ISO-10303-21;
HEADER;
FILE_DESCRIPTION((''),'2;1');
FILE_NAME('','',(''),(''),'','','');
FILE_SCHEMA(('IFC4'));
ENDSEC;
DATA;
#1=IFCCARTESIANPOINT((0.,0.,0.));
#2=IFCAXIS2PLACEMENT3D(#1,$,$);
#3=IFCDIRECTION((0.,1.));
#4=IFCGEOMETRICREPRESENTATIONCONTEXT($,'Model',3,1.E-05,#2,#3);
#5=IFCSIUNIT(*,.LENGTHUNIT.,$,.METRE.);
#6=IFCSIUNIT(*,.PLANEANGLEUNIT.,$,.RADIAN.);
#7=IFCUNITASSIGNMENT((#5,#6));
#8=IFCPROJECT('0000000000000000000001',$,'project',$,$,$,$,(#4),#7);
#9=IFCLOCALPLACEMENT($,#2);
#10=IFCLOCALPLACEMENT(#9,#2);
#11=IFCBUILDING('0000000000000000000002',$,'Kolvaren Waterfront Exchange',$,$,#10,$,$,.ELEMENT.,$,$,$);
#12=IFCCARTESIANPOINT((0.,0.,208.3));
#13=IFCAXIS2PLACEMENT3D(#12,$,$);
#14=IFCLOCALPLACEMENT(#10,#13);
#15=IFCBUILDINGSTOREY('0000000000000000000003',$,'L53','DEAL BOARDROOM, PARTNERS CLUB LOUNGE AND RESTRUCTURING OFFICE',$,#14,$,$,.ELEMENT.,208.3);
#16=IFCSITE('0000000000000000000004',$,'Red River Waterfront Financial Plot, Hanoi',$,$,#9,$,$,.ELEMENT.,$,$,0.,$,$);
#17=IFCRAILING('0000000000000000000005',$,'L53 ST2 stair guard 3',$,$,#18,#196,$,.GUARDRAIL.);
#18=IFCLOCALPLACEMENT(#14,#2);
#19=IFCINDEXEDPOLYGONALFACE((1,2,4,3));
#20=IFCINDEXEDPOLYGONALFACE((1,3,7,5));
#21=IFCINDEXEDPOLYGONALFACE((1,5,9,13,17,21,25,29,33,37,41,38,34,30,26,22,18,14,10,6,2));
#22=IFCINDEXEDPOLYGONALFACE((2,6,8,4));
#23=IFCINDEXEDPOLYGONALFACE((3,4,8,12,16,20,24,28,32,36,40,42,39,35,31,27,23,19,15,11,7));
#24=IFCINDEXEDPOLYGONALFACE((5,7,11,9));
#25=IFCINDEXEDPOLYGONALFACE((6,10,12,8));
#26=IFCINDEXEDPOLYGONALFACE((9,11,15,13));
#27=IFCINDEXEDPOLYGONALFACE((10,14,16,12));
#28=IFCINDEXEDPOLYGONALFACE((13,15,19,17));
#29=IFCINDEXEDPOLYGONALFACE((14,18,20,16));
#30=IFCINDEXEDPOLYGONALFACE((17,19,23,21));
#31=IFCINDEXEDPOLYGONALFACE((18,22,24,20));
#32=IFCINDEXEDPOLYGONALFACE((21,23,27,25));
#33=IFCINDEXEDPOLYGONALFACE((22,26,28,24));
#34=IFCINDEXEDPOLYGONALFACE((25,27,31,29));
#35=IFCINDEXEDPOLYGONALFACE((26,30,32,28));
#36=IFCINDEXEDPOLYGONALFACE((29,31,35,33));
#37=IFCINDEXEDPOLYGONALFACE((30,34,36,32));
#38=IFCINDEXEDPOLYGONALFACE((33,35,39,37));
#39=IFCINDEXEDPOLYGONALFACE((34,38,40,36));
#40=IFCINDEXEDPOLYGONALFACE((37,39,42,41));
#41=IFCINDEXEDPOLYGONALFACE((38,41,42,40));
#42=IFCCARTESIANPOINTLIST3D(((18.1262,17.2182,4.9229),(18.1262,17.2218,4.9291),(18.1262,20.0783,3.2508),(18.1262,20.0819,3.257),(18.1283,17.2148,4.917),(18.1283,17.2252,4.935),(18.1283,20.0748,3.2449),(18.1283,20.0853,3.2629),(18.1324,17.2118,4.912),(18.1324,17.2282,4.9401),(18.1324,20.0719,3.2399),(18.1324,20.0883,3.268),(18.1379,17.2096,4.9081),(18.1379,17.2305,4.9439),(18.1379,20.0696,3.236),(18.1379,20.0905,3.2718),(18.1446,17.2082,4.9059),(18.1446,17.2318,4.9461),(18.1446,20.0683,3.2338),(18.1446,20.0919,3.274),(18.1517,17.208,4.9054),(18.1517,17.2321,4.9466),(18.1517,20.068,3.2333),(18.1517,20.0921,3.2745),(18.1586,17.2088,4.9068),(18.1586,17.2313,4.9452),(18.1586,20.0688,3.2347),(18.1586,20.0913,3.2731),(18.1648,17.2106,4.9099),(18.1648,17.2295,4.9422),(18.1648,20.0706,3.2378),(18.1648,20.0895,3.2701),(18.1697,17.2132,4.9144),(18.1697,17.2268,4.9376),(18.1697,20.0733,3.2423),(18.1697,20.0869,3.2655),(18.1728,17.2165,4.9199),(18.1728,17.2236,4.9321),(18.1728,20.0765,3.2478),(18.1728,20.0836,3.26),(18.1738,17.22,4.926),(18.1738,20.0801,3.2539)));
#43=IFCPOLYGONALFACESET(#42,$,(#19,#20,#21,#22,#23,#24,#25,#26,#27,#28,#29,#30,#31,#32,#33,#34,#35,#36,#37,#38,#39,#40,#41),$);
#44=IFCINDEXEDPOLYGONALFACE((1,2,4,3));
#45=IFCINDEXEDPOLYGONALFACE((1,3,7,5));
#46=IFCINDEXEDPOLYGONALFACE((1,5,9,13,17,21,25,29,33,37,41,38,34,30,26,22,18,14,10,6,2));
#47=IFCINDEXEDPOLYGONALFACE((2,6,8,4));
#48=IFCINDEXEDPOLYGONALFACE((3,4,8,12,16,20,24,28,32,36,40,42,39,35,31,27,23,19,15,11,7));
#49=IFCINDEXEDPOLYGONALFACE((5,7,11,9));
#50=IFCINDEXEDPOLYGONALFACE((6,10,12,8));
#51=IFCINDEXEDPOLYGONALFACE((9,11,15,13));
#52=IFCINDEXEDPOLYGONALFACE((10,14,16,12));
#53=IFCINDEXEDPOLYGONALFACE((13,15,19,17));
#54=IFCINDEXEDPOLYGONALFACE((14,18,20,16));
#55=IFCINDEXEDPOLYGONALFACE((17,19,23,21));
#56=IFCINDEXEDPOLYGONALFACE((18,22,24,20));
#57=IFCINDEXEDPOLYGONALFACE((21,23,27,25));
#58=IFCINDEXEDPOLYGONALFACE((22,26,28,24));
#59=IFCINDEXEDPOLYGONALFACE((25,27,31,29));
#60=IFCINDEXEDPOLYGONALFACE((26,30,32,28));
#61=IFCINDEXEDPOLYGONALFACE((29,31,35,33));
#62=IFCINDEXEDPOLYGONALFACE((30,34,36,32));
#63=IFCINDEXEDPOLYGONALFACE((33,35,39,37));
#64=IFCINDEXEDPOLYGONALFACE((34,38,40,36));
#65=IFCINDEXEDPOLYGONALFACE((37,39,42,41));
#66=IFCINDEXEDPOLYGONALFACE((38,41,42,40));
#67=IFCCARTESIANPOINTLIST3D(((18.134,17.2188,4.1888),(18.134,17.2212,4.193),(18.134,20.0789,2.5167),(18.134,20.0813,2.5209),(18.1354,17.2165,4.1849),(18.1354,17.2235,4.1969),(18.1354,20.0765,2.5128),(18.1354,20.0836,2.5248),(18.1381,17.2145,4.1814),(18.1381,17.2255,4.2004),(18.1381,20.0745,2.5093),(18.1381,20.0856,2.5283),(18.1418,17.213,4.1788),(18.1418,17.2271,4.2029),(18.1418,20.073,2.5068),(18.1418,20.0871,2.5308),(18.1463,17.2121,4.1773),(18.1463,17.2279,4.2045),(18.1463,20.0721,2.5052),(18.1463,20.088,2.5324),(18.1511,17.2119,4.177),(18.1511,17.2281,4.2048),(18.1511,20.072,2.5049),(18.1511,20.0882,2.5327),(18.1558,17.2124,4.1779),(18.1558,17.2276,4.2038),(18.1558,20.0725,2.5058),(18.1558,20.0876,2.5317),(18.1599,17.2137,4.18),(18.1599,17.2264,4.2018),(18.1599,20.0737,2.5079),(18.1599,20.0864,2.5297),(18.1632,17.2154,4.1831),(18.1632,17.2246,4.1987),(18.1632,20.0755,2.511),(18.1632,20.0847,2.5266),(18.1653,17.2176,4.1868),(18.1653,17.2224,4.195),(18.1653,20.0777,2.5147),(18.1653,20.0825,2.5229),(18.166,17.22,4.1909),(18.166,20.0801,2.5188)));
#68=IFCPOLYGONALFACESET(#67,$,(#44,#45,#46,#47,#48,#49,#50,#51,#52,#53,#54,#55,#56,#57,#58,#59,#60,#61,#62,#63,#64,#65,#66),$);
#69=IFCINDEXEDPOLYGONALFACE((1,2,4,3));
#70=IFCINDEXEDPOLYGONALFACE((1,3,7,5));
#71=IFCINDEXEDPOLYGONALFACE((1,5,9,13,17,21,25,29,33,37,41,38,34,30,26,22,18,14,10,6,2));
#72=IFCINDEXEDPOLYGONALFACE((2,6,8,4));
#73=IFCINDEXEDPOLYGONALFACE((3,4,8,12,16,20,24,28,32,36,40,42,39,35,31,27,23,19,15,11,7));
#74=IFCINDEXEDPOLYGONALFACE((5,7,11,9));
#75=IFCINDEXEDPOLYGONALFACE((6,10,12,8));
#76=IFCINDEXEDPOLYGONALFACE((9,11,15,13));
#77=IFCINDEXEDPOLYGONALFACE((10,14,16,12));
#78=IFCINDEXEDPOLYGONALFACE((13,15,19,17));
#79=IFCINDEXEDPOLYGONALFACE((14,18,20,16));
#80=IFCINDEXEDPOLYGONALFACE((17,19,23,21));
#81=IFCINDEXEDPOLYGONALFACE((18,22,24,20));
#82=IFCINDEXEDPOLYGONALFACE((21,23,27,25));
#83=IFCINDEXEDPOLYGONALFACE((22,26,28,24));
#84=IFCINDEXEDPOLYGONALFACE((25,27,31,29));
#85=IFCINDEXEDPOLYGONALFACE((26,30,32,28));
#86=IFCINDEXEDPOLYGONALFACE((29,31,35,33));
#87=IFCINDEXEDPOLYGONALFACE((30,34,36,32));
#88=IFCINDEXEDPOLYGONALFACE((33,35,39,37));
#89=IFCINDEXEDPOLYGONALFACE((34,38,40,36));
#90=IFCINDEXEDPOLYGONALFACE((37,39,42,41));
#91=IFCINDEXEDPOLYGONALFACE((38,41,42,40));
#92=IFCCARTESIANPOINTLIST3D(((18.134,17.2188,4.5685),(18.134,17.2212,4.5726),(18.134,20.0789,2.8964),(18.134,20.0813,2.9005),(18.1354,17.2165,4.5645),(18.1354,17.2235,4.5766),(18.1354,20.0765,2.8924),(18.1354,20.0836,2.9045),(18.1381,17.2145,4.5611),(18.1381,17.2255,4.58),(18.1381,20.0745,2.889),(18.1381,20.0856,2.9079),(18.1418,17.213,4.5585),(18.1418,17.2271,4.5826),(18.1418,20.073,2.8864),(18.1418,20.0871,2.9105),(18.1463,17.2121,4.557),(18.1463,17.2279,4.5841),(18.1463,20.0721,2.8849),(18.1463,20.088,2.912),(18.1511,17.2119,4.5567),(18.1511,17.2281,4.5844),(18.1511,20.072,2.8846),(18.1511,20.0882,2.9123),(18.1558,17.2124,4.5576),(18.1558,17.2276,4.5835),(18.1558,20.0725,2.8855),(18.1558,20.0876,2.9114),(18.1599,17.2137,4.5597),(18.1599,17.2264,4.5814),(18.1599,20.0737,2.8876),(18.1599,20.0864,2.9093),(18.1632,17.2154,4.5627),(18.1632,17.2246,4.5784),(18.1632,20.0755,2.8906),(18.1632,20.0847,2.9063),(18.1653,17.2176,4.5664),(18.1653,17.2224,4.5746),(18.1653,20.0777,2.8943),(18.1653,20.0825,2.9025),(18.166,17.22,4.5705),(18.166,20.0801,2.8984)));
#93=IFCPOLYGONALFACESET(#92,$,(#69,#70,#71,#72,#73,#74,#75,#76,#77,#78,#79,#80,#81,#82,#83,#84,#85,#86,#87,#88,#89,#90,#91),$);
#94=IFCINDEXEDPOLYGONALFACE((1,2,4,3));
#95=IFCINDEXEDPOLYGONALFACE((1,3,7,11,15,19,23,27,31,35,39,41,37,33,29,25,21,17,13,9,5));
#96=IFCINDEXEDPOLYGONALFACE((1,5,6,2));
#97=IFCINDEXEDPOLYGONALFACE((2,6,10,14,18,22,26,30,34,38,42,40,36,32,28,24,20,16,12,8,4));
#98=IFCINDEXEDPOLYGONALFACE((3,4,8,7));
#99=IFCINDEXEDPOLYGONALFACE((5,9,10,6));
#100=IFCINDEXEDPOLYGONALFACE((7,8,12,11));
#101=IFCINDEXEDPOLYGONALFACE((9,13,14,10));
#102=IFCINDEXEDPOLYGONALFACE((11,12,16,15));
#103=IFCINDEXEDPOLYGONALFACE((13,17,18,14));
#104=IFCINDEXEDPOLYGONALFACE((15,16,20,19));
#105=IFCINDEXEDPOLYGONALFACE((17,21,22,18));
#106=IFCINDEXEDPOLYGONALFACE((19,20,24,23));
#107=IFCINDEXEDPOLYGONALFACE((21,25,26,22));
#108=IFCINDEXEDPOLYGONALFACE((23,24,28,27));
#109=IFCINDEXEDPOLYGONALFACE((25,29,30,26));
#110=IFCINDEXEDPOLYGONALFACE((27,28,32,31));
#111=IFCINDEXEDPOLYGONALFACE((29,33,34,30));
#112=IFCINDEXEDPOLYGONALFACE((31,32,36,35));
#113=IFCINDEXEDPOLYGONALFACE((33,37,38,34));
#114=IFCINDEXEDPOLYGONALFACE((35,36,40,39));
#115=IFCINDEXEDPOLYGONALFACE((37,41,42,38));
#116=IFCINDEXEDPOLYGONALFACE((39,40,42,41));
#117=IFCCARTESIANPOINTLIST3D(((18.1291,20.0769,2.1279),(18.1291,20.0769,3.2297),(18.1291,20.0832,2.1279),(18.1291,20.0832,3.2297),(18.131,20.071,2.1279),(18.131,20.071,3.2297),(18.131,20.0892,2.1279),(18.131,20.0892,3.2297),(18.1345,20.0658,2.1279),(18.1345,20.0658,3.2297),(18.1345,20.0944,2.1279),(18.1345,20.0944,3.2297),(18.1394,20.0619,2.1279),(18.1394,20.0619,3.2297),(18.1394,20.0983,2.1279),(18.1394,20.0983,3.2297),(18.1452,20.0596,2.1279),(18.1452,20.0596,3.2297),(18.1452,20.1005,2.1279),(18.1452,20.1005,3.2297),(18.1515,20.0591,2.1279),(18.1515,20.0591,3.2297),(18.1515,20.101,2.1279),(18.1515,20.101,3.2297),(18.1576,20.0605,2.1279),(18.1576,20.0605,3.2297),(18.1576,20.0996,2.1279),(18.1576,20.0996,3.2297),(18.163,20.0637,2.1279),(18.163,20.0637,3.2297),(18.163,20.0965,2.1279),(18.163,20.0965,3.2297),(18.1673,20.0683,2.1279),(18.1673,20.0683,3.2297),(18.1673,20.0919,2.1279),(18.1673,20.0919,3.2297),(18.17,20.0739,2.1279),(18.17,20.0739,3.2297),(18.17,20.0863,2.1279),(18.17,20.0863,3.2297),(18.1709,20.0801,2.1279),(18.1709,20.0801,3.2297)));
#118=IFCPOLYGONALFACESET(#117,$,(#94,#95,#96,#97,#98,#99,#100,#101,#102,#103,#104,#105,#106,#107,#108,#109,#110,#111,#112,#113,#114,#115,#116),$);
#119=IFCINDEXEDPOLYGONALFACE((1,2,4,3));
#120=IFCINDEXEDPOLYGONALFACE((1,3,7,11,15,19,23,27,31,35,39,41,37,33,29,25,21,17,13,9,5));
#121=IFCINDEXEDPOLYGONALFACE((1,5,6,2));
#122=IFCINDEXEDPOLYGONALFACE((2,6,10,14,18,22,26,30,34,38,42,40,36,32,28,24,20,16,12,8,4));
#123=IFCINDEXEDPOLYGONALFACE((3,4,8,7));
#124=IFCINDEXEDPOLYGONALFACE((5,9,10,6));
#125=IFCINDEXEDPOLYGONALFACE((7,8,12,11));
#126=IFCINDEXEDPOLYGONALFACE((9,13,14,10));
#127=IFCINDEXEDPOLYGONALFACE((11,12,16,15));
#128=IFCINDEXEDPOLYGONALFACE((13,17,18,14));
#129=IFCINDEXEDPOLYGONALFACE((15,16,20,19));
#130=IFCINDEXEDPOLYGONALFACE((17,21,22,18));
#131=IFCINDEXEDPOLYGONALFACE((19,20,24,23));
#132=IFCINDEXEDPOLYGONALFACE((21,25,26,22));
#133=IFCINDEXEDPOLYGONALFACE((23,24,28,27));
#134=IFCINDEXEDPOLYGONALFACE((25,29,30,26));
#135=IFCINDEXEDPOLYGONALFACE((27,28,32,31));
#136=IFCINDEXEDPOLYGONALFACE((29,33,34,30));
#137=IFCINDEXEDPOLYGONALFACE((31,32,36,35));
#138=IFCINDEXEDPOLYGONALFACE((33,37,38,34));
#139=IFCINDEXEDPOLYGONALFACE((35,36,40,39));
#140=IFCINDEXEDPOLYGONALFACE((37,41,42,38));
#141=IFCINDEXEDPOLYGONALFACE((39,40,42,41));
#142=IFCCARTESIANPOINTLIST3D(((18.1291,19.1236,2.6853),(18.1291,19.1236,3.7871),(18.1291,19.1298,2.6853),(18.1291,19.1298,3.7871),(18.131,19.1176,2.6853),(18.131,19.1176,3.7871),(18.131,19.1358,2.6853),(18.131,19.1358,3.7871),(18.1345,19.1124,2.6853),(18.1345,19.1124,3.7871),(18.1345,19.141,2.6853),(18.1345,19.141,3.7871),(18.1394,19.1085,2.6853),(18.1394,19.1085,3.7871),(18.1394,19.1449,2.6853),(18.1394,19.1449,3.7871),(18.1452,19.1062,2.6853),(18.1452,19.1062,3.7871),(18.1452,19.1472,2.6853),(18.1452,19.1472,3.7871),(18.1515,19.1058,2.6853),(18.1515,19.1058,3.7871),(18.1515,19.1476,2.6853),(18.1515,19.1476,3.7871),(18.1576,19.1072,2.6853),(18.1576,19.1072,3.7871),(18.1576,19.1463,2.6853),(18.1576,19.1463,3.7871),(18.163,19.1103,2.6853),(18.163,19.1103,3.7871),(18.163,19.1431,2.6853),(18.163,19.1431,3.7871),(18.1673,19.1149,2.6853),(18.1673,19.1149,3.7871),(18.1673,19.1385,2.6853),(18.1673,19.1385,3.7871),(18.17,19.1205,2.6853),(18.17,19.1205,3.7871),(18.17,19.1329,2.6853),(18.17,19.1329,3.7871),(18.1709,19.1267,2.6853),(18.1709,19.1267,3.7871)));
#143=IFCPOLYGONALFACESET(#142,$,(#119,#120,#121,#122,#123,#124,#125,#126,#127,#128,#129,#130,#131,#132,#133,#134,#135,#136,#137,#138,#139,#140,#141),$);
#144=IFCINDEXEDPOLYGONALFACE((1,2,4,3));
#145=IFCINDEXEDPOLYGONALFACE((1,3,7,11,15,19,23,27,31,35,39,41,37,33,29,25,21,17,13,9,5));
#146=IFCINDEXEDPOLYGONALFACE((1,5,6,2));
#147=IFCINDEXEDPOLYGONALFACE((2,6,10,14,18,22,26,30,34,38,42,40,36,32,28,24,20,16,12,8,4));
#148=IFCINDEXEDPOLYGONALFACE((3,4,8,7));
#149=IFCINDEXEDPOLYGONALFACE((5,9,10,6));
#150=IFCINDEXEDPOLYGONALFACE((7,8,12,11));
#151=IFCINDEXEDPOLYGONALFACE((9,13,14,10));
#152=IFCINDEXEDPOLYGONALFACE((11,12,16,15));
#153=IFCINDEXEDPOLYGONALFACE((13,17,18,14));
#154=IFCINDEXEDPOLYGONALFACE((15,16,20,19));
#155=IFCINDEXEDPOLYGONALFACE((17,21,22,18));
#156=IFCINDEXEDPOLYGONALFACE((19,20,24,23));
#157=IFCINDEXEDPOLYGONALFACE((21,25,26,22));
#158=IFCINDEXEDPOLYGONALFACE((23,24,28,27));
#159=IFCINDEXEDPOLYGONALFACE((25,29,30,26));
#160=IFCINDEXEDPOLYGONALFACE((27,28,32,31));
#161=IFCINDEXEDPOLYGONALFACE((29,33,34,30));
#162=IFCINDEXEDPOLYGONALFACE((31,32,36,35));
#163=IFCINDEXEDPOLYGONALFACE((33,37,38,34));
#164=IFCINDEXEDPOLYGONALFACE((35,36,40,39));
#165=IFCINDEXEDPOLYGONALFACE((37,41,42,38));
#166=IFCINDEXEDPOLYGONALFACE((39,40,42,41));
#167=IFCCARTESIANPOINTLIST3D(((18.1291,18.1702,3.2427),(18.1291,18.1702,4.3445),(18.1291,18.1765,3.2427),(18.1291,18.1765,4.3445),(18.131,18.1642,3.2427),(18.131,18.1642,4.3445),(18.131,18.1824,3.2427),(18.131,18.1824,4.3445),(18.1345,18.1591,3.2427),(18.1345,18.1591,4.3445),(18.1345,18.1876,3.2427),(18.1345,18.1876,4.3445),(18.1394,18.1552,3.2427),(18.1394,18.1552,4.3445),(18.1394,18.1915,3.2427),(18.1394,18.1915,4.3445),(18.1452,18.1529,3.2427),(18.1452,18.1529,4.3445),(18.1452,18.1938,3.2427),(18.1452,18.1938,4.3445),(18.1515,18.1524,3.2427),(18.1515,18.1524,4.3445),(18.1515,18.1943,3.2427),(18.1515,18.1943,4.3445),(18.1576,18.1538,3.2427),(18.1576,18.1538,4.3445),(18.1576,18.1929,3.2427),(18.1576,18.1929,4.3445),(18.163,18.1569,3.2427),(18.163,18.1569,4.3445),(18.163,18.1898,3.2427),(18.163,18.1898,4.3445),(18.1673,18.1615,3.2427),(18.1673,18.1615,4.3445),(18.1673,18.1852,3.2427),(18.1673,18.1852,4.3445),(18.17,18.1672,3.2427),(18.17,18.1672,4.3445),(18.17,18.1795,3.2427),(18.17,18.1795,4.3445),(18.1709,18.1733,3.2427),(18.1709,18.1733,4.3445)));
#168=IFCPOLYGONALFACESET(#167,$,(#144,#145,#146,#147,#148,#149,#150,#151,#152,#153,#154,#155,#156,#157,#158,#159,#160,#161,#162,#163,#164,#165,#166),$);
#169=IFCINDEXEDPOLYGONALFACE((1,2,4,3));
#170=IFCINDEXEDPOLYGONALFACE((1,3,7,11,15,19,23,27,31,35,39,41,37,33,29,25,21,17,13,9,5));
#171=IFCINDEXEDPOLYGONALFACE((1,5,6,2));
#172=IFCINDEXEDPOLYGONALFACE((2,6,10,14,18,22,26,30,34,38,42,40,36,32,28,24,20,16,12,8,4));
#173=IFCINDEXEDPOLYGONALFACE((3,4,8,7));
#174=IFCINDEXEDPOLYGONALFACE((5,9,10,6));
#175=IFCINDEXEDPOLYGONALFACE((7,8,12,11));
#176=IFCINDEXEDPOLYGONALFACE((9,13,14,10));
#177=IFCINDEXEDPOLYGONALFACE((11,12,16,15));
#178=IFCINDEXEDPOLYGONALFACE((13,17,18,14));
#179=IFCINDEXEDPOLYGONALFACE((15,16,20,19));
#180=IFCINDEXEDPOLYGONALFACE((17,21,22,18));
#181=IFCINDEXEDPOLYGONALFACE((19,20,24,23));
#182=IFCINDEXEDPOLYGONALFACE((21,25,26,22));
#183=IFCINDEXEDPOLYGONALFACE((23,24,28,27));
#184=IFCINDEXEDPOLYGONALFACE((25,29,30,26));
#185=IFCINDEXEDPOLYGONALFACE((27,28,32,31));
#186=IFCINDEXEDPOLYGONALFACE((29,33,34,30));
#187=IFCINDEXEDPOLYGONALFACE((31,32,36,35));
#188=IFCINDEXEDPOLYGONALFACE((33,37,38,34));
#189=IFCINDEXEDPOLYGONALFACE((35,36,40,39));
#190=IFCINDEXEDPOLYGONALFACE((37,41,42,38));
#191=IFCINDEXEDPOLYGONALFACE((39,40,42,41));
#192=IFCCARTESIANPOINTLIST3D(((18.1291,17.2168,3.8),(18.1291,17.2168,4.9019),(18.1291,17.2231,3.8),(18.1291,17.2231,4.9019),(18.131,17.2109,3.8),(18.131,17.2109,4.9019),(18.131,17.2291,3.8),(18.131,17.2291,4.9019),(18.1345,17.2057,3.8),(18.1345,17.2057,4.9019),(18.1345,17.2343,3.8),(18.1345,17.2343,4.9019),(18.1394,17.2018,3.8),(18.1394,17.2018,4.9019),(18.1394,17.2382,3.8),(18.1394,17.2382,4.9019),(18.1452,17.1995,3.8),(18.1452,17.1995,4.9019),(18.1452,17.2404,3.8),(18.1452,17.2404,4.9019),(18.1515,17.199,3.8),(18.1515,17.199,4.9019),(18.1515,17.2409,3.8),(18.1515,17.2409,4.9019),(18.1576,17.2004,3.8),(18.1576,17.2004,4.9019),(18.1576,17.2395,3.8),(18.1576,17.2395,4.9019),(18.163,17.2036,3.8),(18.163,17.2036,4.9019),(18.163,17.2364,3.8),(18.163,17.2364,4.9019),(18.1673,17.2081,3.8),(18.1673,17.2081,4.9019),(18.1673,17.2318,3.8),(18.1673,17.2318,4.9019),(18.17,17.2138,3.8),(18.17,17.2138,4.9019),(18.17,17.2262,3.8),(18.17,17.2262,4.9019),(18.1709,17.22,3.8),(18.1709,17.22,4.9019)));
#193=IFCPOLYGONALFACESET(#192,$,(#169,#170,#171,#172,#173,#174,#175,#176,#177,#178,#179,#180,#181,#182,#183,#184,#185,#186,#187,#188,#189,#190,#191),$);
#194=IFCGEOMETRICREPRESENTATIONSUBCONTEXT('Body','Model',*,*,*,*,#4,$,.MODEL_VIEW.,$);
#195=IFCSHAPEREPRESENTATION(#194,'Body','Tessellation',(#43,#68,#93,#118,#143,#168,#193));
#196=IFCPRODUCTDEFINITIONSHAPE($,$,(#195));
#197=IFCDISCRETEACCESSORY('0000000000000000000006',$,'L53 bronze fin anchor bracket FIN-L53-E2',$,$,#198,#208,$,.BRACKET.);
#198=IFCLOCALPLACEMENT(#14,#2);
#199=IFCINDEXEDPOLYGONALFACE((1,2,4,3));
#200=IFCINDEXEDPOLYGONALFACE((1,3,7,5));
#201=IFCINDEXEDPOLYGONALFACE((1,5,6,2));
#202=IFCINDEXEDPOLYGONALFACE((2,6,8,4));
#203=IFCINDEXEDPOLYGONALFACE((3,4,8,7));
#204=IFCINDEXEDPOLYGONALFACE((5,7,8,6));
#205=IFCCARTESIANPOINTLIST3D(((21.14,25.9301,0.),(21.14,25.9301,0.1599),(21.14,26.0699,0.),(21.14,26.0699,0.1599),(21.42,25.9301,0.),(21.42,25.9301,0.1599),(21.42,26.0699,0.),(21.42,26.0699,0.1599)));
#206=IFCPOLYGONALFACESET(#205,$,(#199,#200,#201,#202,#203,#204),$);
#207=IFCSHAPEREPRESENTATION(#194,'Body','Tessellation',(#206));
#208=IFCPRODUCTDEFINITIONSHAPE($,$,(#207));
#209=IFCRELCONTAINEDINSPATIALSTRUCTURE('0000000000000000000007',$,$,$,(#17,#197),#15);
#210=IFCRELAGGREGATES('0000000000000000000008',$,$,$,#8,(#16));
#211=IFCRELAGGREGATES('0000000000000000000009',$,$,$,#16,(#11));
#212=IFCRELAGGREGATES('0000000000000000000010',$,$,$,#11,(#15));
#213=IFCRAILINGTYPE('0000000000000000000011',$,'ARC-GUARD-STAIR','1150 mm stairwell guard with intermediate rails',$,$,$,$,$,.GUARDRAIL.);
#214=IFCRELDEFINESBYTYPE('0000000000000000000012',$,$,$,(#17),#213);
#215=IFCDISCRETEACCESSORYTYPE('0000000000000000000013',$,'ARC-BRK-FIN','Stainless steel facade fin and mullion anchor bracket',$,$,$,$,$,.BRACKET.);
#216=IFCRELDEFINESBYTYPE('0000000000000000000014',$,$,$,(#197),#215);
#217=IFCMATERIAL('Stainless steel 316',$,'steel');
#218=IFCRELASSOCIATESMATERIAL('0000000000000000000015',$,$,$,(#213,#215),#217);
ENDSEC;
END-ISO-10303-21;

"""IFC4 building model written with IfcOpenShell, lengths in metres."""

from ifc_helpers import new_model, si_unit, direction, frame, origin, origin_with_axes, origin_2d, place, context, subcontext, project, spatial, rectangle, circle, extrude, source, transform, mapped, material, type_object, element, save


model = new_model("IFC4")

# Units and contexts
model_context = context("Model", 3, precision=1e-05, world=origin(), true_north=direction((0.0, 1.0)))
body_context = subcontext(model_context, "Body", "Model", "MODEL_VIEW")
ifc_project = project(units=[si_unit("LENGTHUNIT", "METRE"), si_unit("PLANEANGLEUNIT", "RADIAN")], contexts=[model_context])

# Site, building, storey
site_placement = place(None, origin())
site = spatial("IfcSite", under=ifc_project, at=site_placement, Name="Red River Waterfront Financial Plot, Hanoi", CompositionType="ELEMENT", RefElevation=0.0)
building_placement = place(site_placement, origin())
building = spatial("IfcBuilding", under=site, at=building_placement, Name="Kolvaren Waterfront Exchange", CompositionType="ELEMENT")
storey_placement = place(building_placement, frame((0.0, 0.0, 208.3)))
storey = spatial("IfcBuildingStorey", under=building, at=storey_placement, Name="L53", Description="DEAL BOARDROOM, PARTNERS CLUB LOUNGE AND RESTRUCTURING OFFICE", CompositionType="ELEMENT", Elevation=208.3)

# Railing
ifc_material_1 = material(Name="Stainless steel 316", Category="steel")
railing_type = type_object("IfcRailingType", Name="ARC-GUARD-STAIR", Description="1150 mm stairwell guard with intermediate rails", PredefinedType="GUARDRAIL", material=ifc_material_1)
railing_1_placement = place(storey_placement, frame((18.1499, 20.0801, 2.1279)))
element("IfcRailing", 1, at=railing_1_placement, inside=storey, type_object=railing_type, Name="L53 ST2 stair guard 3", PredefinedType="GUARDRAIL", context=body_context, shape_type="SweptSolid", body=[
    extrude(circle(Radius=0.0239, at=origin_2d()), frame((0.0, 0.0, 1.126), z_axis=(0.0, -0.863289, 0.504709), x_axis=(1.0, 0.0, 0.0)), (0.0, 0.0, 1.0), 3.313),
    extrude(circle(Radius=0.0161, at=origin_2d()), frame((0.0, 0.0, 0.3909), z_axis=(0.0, -0.863289, 0.504709), x_axis=(1.0, 0.0, 0.0)), (0.0, 0.0, 1.0), 3.313),
    extrude(circle(Radius=0.0161, at=origin_2d()), frame((0.0, 0.0, 0.7705), z_axis=(0.0, -0.863289, 0.504709), x_axis=(1.0, 0.0, 0.0)), (0.0, 0.0, 1.0), 3.313),
    extrude(circle(Radius=0.021, at=origin_2d()), origin(), (0.0, 0.0, 1.0), 1.1018),
    extrude(circle(Radius=0.021, at=origin_2d()), frame((0.0, -0.9534, 0.5574)), (0.0, 0.0, 1.0), 1.1018),
    extrude(circle(Radius=0.021, at=origin_2d()), frame((0.0, -1.9067, 1.1147)), (0.0, 0.0, 1.0), 1.1018),
    extrude(circle(Radius=0.021, at=origin_2d()), frame((0.0, -2.8601, 1.6721)), (0.0, 0.0, 1.0), 1.1018),
])

# Discrete accessory
discrete_accessory_type = type_object("IfcDiscreteAccessoryType", Name="ARC-BRK-FIN", Description="Stainless steel facade fin and mullion anchor bracket", PredefinedType="BRACKET", material=ifc_material_1)
shared_shape_1 = source(origin_with_axes(), body_context, "Body", "SweptSolid", [
    extrude(rectangle(XDim=0.28, YDim=0.1399, at=origin_2d()), origin(), (0.0, 0.0, 1.0), 0.1599),
])
for number, where, z_axis, x_axis, name in (
    (2, (21.28, 26.0, 0.0), (0.0, 0.0, 1.0), (1.0, 0.0, 0.0), "L53 bronze fin anchor bracket FIN-L53-E2"),
):
    element("IfcDiscreteAccessory", number, at=place(storey_placement, frame(where, z_axis=z_axis, x_axis=x_axis)), inside=storey, type_object=discrete_accessory_type, Name=name, PredefinedType="BRACKET", context=body_context, shape_type="MappedRepresentation", body=[
        mapped(shared_shape_1, transform((0.0, 0.0, 0.0), x_axis=(1.0, 0.0, 0.0), y_axis=(0.0, 1.0, 0.0), z_axis=(0.0, 0.0, 1.0), scale=1.0)),
    ])

save(model, "model.ifc")
